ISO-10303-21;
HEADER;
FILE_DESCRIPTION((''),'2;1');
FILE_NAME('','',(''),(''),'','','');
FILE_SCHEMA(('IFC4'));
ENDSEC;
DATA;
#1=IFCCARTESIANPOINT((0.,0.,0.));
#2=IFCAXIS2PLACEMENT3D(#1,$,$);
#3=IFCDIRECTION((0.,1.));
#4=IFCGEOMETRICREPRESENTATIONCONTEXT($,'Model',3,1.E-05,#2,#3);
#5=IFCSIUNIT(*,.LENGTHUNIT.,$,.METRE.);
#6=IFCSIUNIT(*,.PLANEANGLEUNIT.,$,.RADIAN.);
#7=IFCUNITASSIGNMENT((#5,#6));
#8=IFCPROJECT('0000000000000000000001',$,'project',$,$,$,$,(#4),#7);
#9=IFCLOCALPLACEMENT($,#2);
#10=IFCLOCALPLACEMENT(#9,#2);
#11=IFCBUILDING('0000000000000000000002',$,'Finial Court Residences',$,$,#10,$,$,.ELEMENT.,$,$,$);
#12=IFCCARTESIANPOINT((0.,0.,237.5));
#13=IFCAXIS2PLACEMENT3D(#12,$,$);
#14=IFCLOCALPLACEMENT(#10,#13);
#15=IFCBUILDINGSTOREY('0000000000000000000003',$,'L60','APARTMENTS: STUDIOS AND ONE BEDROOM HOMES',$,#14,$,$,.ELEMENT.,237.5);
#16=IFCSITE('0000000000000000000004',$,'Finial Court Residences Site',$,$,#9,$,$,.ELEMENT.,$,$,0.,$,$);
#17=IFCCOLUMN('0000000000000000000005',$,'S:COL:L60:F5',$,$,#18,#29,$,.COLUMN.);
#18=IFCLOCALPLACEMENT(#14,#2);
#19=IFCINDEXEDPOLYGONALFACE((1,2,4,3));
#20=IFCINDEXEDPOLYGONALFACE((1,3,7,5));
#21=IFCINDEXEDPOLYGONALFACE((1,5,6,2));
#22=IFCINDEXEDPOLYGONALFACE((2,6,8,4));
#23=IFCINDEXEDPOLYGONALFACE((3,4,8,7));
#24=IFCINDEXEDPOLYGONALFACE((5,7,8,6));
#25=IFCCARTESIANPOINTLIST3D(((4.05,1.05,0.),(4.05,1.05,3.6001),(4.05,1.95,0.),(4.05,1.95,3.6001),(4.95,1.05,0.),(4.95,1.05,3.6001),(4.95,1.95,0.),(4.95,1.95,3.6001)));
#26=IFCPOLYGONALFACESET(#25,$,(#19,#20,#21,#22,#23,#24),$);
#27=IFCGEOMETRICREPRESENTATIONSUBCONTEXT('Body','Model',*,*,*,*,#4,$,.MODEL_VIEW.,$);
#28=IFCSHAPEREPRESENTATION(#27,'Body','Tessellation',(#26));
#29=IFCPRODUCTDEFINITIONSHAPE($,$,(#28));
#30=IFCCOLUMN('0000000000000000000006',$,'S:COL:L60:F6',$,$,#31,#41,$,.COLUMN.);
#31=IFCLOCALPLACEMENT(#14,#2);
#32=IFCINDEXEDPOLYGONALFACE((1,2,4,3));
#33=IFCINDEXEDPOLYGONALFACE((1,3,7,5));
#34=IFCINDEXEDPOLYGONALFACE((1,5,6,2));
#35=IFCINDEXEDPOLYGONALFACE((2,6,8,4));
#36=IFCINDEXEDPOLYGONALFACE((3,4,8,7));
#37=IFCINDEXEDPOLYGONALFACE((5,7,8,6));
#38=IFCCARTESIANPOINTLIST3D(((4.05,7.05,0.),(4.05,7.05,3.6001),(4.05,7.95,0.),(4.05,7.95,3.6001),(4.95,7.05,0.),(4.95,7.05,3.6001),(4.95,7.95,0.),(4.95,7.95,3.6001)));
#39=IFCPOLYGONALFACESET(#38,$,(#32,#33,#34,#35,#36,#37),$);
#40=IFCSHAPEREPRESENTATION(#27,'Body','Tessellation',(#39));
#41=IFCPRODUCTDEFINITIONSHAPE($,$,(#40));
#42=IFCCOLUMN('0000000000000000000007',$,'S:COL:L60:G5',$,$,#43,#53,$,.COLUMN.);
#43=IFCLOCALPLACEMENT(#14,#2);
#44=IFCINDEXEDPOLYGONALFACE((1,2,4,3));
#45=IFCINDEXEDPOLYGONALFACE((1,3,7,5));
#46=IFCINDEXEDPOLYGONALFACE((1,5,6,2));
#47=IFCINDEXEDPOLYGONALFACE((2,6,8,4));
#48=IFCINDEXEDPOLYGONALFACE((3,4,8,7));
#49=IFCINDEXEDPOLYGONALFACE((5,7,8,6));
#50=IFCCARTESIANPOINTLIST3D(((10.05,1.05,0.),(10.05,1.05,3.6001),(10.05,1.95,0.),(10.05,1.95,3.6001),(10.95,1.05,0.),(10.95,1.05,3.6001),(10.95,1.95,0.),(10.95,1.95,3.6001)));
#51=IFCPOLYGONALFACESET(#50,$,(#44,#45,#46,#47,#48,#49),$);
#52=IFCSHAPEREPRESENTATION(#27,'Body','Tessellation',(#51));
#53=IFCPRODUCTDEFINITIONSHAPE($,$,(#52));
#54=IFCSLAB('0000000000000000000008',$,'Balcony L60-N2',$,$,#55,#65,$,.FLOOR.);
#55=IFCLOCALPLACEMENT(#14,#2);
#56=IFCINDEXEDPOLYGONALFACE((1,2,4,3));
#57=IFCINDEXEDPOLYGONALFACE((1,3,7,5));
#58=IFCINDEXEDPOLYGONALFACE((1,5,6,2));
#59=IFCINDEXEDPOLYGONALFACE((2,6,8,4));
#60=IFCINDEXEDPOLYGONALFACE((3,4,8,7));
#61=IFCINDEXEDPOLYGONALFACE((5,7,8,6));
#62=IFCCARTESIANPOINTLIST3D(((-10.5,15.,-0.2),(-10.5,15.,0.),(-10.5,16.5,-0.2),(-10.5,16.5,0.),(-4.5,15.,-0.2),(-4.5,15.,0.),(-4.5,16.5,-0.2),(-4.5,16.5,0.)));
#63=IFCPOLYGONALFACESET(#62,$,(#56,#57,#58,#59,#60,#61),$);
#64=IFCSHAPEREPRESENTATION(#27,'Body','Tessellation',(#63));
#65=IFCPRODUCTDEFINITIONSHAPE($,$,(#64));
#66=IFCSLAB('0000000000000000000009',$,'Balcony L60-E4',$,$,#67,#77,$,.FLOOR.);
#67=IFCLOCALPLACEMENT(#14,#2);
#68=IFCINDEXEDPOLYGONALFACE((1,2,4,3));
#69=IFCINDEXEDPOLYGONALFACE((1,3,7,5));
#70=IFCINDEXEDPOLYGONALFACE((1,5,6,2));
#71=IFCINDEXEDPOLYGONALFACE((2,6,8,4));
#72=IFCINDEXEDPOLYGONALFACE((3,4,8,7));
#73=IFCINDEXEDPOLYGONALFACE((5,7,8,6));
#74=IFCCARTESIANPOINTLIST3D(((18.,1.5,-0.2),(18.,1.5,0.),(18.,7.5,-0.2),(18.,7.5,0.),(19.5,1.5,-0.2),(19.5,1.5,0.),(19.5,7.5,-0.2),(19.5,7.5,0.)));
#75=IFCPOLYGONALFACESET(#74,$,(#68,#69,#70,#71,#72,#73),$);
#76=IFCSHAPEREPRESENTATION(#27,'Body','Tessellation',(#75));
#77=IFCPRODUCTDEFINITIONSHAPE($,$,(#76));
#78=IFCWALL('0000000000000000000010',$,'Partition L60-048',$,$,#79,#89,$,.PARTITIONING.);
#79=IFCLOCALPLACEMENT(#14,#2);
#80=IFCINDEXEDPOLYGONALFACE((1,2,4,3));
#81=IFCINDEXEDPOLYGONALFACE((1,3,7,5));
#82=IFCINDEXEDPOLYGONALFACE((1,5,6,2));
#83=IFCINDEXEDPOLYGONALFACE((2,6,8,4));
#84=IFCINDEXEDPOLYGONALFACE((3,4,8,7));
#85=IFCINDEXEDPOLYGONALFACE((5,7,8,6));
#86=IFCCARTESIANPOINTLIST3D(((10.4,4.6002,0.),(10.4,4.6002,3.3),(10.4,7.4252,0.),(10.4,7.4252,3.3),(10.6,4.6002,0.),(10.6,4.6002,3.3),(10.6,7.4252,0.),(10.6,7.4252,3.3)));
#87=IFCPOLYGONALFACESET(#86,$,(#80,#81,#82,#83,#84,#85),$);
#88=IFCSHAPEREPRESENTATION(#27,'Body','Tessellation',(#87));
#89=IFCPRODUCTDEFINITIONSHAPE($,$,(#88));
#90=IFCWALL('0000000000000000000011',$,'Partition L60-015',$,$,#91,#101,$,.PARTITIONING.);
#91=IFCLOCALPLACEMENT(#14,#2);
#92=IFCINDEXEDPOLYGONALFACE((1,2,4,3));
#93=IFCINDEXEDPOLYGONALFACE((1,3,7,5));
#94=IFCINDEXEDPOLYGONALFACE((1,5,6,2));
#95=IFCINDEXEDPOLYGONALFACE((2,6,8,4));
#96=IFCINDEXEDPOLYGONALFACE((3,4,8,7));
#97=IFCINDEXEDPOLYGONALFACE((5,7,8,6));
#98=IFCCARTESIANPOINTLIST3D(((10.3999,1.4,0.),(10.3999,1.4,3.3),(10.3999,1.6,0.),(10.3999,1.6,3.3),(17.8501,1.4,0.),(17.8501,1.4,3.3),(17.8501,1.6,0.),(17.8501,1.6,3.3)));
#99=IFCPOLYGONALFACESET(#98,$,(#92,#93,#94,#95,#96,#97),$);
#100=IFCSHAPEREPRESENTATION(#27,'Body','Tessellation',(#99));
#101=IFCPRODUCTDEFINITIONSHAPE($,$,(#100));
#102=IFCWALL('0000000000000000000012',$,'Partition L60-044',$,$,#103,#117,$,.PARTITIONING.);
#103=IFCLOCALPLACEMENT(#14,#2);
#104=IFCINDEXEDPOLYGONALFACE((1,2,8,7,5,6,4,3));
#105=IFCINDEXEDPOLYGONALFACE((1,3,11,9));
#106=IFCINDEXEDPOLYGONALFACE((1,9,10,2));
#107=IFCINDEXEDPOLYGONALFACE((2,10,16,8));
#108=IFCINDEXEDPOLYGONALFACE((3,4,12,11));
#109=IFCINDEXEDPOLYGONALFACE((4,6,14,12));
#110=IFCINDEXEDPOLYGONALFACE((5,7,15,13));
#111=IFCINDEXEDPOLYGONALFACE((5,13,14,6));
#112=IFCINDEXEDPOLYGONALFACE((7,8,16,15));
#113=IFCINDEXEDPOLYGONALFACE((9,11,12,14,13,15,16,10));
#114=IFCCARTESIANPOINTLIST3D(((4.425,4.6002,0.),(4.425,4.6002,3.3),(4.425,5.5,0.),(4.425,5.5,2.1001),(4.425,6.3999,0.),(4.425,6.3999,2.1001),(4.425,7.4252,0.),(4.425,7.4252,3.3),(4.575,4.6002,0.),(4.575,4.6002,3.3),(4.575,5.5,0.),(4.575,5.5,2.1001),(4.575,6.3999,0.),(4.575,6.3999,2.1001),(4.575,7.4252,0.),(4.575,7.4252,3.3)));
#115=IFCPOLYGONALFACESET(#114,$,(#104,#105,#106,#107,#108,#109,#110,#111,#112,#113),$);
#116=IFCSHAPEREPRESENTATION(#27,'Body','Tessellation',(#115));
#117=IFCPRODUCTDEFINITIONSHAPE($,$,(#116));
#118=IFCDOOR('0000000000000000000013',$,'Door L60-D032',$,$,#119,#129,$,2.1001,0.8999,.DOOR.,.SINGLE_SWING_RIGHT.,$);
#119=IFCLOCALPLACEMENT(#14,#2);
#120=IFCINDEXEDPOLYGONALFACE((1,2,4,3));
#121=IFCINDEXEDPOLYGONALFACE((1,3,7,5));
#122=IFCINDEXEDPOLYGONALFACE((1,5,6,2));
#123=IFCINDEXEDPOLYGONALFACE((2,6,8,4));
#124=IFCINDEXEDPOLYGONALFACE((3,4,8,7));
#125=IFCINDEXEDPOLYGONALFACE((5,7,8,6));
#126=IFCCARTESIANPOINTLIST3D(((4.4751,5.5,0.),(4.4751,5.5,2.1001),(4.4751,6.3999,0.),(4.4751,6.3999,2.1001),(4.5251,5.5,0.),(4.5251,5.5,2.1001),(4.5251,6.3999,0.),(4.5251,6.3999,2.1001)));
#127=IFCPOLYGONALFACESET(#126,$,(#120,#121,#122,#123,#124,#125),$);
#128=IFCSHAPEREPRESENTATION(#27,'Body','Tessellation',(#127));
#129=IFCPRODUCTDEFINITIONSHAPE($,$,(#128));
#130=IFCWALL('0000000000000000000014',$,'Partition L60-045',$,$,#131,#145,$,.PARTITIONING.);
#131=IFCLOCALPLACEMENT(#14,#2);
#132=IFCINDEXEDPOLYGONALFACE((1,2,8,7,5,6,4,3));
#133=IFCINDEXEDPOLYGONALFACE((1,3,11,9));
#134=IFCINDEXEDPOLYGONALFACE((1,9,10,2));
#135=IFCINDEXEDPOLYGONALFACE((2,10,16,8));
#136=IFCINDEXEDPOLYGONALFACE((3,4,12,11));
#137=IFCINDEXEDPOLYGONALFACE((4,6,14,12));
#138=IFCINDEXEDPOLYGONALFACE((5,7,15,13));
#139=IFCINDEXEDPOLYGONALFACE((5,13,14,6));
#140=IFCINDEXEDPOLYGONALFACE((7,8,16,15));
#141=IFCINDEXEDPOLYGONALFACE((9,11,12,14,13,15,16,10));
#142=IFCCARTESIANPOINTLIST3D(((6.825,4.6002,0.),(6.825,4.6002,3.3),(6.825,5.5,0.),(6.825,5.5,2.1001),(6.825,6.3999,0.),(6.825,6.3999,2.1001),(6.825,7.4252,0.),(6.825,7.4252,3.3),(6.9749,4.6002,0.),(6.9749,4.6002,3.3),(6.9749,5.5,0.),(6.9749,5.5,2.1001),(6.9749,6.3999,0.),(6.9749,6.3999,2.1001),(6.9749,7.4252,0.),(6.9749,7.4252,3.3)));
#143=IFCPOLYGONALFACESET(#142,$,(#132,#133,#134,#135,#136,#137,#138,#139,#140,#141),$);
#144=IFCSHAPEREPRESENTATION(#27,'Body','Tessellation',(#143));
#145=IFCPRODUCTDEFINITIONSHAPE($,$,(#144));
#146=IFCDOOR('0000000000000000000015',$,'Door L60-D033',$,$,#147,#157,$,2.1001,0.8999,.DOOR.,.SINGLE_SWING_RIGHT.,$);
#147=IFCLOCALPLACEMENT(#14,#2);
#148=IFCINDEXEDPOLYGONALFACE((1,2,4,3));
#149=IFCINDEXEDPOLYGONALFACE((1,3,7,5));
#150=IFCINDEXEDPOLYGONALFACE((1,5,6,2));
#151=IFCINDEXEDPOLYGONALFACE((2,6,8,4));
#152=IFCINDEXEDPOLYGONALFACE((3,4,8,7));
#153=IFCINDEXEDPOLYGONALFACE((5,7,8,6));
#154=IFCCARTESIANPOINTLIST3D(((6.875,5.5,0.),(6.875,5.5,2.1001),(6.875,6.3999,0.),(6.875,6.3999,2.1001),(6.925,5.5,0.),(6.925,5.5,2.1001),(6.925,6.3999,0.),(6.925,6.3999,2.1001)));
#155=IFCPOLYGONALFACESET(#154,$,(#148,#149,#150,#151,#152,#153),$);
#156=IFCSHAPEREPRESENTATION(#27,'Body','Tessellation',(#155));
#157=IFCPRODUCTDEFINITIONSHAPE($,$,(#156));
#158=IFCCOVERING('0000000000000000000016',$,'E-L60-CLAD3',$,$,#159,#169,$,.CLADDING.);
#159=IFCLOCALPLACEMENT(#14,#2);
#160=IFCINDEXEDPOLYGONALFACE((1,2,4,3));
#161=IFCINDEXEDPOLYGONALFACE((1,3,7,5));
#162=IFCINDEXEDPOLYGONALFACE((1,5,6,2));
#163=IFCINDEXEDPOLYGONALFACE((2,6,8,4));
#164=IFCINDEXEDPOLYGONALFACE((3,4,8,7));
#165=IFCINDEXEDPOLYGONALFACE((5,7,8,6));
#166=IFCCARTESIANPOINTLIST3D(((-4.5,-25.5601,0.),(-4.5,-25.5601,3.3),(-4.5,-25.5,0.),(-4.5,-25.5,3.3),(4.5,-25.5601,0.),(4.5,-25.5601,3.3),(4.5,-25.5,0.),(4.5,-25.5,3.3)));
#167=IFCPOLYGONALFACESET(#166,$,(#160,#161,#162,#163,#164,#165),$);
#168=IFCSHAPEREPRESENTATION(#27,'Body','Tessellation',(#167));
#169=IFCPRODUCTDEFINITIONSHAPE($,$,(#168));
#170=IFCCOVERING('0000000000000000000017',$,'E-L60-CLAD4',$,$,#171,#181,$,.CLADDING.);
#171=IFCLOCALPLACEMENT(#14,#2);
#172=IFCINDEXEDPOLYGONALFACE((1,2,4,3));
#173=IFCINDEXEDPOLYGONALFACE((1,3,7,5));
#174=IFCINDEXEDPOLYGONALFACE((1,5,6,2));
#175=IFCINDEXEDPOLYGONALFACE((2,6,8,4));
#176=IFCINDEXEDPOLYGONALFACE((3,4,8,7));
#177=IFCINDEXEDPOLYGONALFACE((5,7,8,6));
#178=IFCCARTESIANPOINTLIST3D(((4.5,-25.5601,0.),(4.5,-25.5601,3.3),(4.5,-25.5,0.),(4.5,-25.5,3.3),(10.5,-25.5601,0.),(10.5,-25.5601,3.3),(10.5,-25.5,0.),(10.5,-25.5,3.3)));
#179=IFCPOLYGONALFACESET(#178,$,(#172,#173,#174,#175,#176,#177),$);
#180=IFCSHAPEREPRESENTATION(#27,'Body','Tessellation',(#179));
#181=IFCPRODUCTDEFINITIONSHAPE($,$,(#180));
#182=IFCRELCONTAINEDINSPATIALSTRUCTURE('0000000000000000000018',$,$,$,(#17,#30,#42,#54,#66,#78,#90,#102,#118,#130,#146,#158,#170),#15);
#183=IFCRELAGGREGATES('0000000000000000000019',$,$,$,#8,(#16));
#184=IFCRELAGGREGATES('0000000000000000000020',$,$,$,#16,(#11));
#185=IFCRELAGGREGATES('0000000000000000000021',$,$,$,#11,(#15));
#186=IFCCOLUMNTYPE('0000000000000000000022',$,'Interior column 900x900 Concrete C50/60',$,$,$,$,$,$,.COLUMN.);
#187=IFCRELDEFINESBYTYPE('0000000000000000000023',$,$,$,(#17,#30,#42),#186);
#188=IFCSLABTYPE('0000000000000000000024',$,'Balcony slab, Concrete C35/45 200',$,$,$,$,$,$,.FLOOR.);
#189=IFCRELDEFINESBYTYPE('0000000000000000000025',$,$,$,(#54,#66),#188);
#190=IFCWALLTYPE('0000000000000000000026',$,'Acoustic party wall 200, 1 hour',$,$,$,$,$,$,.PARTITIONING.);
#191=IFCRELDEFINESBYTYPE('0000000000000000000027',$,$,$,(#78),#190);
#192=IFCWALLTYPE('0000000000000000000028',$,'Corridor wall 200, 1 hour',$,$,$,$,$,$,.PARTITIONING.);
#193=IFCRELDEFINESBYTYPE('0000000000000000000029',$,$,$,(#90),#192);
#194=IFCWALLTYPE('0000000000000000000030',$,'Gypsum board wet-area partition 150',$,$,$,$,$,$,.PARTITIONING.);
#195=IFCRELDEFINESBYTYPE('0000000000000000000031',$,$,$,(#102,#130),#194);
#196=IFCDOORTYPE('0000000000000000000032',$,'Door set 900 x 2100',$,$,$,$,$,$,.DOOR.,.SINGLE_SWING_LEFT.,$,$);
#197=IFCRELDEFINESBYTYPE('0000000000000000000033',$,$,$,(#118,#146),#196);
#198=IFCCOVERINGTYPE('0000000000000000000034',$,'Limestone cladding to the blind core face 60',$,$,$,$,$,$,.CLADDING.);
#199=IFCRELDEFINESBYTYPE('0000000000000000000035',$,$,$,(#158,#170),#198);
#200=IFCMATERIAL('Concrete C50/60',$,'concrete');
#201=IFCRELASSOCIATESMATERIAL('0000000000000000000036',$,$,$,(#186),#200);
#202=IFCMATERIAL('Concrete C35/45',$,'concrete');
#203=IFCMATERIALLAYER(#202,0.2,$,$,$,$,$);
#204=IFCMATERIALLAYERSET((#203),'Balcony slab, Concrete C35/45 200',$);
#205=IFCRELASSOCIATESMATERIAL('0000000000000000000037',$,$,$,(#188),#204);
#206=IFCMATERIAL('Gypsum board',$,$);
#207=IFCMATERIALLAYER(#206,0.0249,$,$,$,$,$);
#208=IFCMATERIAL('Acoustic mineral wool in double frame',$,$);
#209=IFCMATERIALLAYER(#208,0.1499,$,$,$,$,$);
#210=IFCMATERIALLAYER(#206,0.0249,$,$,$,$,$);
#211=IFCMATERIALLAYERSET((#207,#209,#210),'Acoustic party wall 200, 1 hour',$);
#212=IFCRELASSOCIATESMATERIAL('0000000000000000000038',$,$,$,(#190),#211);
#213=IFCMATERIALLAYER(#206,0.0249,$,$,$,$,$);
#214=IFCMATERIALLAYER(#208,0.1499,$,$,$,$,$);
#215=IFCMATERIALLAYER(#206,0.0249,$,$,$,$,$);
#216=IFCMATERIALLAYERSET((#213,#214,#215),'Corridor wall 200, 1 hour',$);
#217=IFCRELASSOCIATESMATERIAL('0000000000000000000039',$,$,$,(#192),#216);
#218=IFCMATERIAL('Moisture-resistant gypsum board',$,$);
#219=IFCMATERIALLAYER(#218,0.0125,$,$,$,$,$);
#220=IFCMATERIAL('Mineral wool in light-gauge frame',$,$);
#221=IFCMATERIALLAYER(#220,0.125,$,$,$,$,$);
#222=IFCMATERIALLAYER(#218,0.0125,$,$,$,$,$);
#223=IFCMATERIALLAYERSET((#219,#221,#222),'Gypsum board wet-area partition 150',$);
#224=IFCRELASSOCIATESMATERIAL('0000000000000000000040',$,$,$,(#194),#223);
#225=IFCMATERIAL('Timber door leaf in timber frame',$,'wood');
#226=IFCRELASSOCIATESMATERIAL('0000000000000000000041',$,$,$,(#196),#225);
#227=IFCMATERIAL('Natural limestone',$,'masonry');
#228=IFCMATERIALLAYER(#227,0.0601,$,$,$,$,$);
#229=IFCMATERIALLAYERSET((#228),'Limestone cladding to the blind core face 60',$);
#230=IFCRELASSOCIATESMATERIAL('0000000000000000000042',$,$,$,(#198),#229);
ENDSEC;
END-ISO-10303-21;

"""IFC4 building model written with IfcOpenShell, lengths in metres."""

from ifc_helpers import new_model, si_unit, direction, frame, frame_2d, origin, origin_2d, place, context, subcontext, project, spatial, polyline, rectangle, outline, extrude, material, layer, layer_set, material_profile, profile_set, type_object, element, fill, save


model = new_model("IFC4")

# Units and contexts
model_context = context("Model", 3, precision=1e-05, world=origin(), true_north=direction((0.0, 1.0)))
body_context = subcontext(model_context, "Body", "Model", "MODEL_VIEW")
ifc_project = project(units=[si_unit("LENGTHUNIT", "METRE"), si_unit("PLANEANGLEUNIT", "RADIAN")], contexts=[model_context])

# Site, building, storey
site_placement = place(None, origin())
site = spatial("IfcSite", under=ifc_project, at=site_placement, Name="Finial Court Residences Site", CompositionType="ELEMENT", RefElevation=0.0)
building_placement = place(site_placement, origin())
building = spatial("IfcBuilding", under=site, at=building_placement, Name="Finial Court Residences", CompositionType="ELEMENT")
storey_placement = place(building_placement, frame((0.0, 0.0, 237.5)))
storey = spatial("IfcBuildingStorey", under=building, at=storey_placement, Name="L60", Description="APARTMENTS: STUDIOS AND ONE BEDROOM HOMES", CompositionType="ELEMENT", Elevation=237.5)

# Columns
ifc_material_1 = material(Name="Concrete C50/60", Category="concrete")
ifc_material_profile = material_profile(ifc_material_1, rectangle(XDim=0.8999, YDim=0.8999, at=origin_2d()), Name="900x900")
ifc_profile_set = profile_set([ifc_material_profile], Name="Concrete C50/60")
column_type = type_object("IfcColumnType", Name="Interior column 900x900 Concrete C50/60", PredefinedType="COLUMN", material=ifc_profile_set)
for number, where, z_axis, x_axis, name in (
    (1, (4.5, 1.5, 0.0), (0.0, 0.0, 1.0), (1.0, 0.0, 0.0), "S:COL:L60:F5"),
    (2, (4.5, 7.5, 0.0), (0.0, 0.0, 1.0), (1.0, 0.0, 0.0), "S:COL:L60:F6"),
    (3, (10.5, 1.5, 0.0), (0.0, 0.0, 1.0), (1.0, 0.0, 0.0), "S:COL:L60:G5"),
):
    element("IfcColumn", number, at=place(storey_placement, frame(where, z_axis=z_axis, x_axis=x_axis)), inside=storey, type_object=column_type, Name=name, PredefinedType="COLUMN", context=body_context, shape_type="SweptSolid", body=[
        extrude(rectangle(XDim=0.8999, YDim=0.8999, at=origin_2d()), origin(), (0.0, 0.0, 1.0), 3.6001),
    ])

# Slabs
ifc_material_2 = material(Name="Concrete C35/45", Category="concrete")
ifc_layer_1 = layer(ifc_material_2, 0.2)
ifc_layer_set_1 = layer_set([ifc_layer_1], Name="Balcony slab, Concrete C35/45 200")
slab_type = type_object("IfcSlabType", Name="Balcony slab, Concrete C35/45 200", PredefinedType="FLOOR", material=ifc_layer_set_1)
slab_1_placement = place(storey_placement, frame((0.0, 0.0, -0.2)))
element("IfcSlab", 4, at=slab_1_placement, inside=storey, type_object=slab_type, Name="Balcony L60-N2", PredefinedType="FLOOR", context=body_context, shape_type="SweptSolid", body=[
    extrude(outline(polyline([(-4.5, 15.0), (-4.5, 16.5), (-10.5, 16.5), (-10.5, 15.0), (-4.5, 15.0)])), origin(), (0.0, 0.0, 1.0), 0.2),
])
slab_2_placement = place(storey_placement, frame((0.0, 0.0, -0.2)))
element("IfcSlab", 5, at=slab_2_placement, inside=storey, type_object=slab_type, Name="Balcony L60-E4", PredefinedType="FLOOR", context=body_context, shape_type="SweptSolid", body=[
    extrude(outline(polyline([(19.5, 1.5), (19.5, 7.5), (18.0, 7.5), (18.0, 1.5), (19.5, 1.5)])), origin(), (0.0, 0.0, 1.0), 0.2),
])

# Walls
ifc_material_3 = material(Name="Gypsum board")
ifc_layer_2 = layer(ifc_material_3, 0.0249)
ifc_material_4 = material(Name="Acoustic mineral wool in double frame")
ifc_layer_3 = layer(ifc_material_4, 0.1499)
ifc_layer_4 = layer(ifc_material_3, 0.0249)
ifc_layer_set_2 = layer_set([ifc_layer_2, ifc_layer_3, ifc_layer_4], Name="Acoustic party wall 200, 1 hour")
wall_type_1 = type_object("IfcWallType", Name="Acoustic party wall 200, 1 hour", PredefinedType="PARTITIONING", material=ifc_layer_set_2)
wall_1_placement = place(storey_placement, frame((10.5, 4.6001, 0.0), z_axis=(0.0, 0.0, 1.0), x_axis=(0.0, 1.0, 0.0)))
element("IfcWall", 6, at=wall_1_placement, inside=storey, type_object=wall_type_1, Name="Partition L60-048", PredefinedType="PARTITIONING", context=body_context, shape_type="SweptSolid", body=[
    extrude(rectangle(XDim=2.825, YDim=0.2, at=frame_2d((1.4126, 0.0))), origin(), (0.0, 0.0, 1.0), 3.3),
])
ifc_layer_5 = layer(ifc_material_3, 0.0249)
ifc_layer_6 = layer(ifc_material_4, 0.1499)
ifc_layer_7 = layer(ifc_material_3, 0.0249)
ifc_layer_set_3 = layer_set([ifc_layer_5, ifc_layer_6, ifc_layer_7], Name="Corridor wall 200, 1 hour")
wall_type_2 = type_object("IfcWallType", Name="Corridor wall 200, 1 hour", PredefinedType="PARTITIONING", material=ifc_layer_set_3)
wall_2_placement = place(storey_placement, frame((10.3999, 1.5, 0.0), z_axis=(0.0, 0.0, 1.0), x_axis=(1.0, 0.0, 0.0)))
element("IfcWall", 7, at=wall_2_placement, inside=storey, type_object=wall_type_2, Name="Partition L60-015", PredefinedType="PARTITIONING", context=body_context, shape_type="SweptSolid", body=[
    extrude(rectangle(XDim=7.4502, YDim=0.2, at=frame_2d((3.7251, 0.0))), origin(), (0.0, 0.0, 1.0), 3.3),
])

# Walls, openings, doors
ifc_material_5 = material(Name="Moisture-resistant gypsum board")
ifc_layer_8 = layer(ifc_material_5, 0.0125)
ifc_material_6 = material(Name="Mineral wool in light-gauge frame")
ifc_layer_9 = layer(ifc_material_6, 0.125)
ifc_layer_10 = layer(ifc_material_5, 0.0125)
ifc_layer_set_4 = layer_set([ifc_layer_8, ifc_layer_9, ifc_layer_10], Name="Gypsum board wet-area partition 150")
wall_type_3 = type_object("IfcWallType", Name="Gypsum board wet-area partition 150", PredefinedType="PARTITIONING", material=ifc_layer_set_4)
wall_3_placement = place(storey_placement, frame((4.5, 4.6001, 0.0), z_axis=(0.0, 0.0, 1.0), x_axis=(0.0, 1.0, 0.0)))
wall_3 = element("IfcWall", 8, at=wall_3_placement, inside=storey, type_object=wall_type_3, Name="Partition L60-044", PredefinedType="PARTITIONING", context=body_context, shape_type="SweptSolid", body=[
    extrude(rectangle(XDim=2.825, YDim=0.1499, at=frame_2d((1.4126, 0.0))), origin(), (0.0, 0.0, 1.0), 3.3),
])
opening_1_placement = place(wall_3_placement, frame((0.8999, 0.0, 0.0)))
opening_1 = element("IfcOpeningElement", 9, at=opening_1_placement, cuts=wall_3, PredefinedType="OPENING", context=body_context, shape_type="SweptSolid", body=[
    extrude(rectangle(XDim=0.8999, YDim=2.1001, at=frame_2d((0.45, 1.05))), frame((0.0, 0.085, 0.0), z_axis=(0.0, -1.0, 0.0), x_axis=(1.0, 0.0, 0.0)), (0.0, 0.0, 1.0), 0.1699),
])
ifc_material_7 = material(Name="Timber door leaf in timber frame", Category="wood")
door_type = type_object("IfcDoorType", Name="Door set 900 x 2100", OperationType="SINGLE_SWING_LEFT", PredefinedType="DOOR", material=ifc_material_7)
door_1_placement = place(opening_1_placement, origin())
door_1 = element("IfcDoor", 10, at=door_1_placement, inside=storey, type_object=door_type, Name="Door L60-D032", OperationType="SINGLE_SWING_RIGHT", OverallHeight=2.1001, OverallWidth=0.8999, PredefinedType="DOOR", context=body_context, shape_type="SweptSolid", body=[
    extrude(rectangle(XDim=0.8999, YDim=2.1001, at=frame_2d((0.45, 1.05))), frame((0.0, 0.0249, 0.0), z_axis=(0.0, -1.0, 0.0), x_axis=(1.0, 0.0, 0.0)), (0.0, 0.0, 1.0), 0.05),
])
fill(opening_1, door_1)
wall_4_placement = place(storey_placement, frame((6.8999, 4.6001, 0.0), z_axis=(0.0, 0.0, 1.0), x_axis=(0.0, 1.0, 0.0)))
wall_4 = element("IfcWall", 11, at=wall_4_placement, inside=storey, type_object=wall_type_3, Name="Partition L60-045", PredefinedType="PARTITIONING", context=body_context, shape_type="SweptSolid", body=[
    extrude(rectangle(XDim=2.825, YDim=0.1499, at=frame_2d((1.4126, 0.0))), origin(), (0.0, 0.0, 1.0), 3.3),
])
opening_2_placement = place(wall_4_placement, frame((0.8999, 0.0, 0.0)))
opening_2 = element("IfcOpeningElement", 12, at=opening_2_placement, cuts=wall_4, PredefinedType="OPENING", context=body_context, shape_type="SweptSolid", body=[
    extrude(rectangle(XDim=0.8999, YDim=2.1001, at=frame_2d((0.45, 1.05))), frame((0.0, 0.085, 0.0), z_axis=(0.0, -1.0, 0.0), x_axis=(1.0, 0.0, 0.0)), (0.0, 0.0, 1.0), 0.1699),
])
door_2_placement = place(opening_2_placement, origin())
door_2 = element("IfcDoor", 13, at=door_2_placement, inside=storey, type_object=door_type, Name="Door L60-D033", OperationType="SINGLE_SWING_RIGHT", OverallHeight=2.1001, OverallWidth=0.8999, PredefinedType="DOOR", context=body_context, shape_type="SweptSolid", body=[
    extrude(rectangle(XDim=0.8999, YDim=2.1001, at=frame_2d((0.45, 1.05))), frame((0.0, 0.0249, 0.0), z_axis=(0.0, -1.0, 0.0), x_axis=(1.0, 0.0, 0.0)), (0.0, 0.0, 1.0), 0.05),
])
fill(opening_2, door_2)

# Coverings
ifc_material_8 = material(Name="Natural limestone", Category="masonry")
ifc_layer_11 = layer(ifc_material_8, 0.0601)
ifc_layer_set_5 = layer_set([ifc_layer_11], Name="Limestone cladding to the blind core face 60")
covering_type_1 = type_object("IfcCoveringType", Name="Limestone cladding to the blind core face 60", PredefinedType="CLADDING", material=ifc_layer_set_5)
covering_1_placement = place(storey_placement, origin())
element("IfcCovering", 14, at=covering_1_placement, inside=storey, type_object=covering_type_1, Name="E-L60-CLAD3", PredefinedType="CLADDING", context=body_context, shape_type="SweptSolid", body=[
    extrude(outline(polyline([(4.5, -25.5601), (4.5, -25.5), (-4.5, -25.5), (-4.5, -25.5601), (4.5, -25.5601)])), origin(), (0.0, 0.0, 1.0), 3.3),
])
covering_2_placement = place(storey_placement, origin())
element("IfcCovering", 15, at=covering_2_placement, inside=storey, type_object=covering_type_1, Name="E-L60-CLAD4", PredefinedType="CLADDING", context=body_context, shape_type="SweptSolid", body=[
    extrude(outline(polyline([(10.5, -25.5601), (10.5, -25.5), (4.5, -25.5), (4.5, -25.5601), (10.5, -25.5601)])), origin(), (0.0, 0.0, 1.0), 3.3),
])

save(model, "model.ifc")
